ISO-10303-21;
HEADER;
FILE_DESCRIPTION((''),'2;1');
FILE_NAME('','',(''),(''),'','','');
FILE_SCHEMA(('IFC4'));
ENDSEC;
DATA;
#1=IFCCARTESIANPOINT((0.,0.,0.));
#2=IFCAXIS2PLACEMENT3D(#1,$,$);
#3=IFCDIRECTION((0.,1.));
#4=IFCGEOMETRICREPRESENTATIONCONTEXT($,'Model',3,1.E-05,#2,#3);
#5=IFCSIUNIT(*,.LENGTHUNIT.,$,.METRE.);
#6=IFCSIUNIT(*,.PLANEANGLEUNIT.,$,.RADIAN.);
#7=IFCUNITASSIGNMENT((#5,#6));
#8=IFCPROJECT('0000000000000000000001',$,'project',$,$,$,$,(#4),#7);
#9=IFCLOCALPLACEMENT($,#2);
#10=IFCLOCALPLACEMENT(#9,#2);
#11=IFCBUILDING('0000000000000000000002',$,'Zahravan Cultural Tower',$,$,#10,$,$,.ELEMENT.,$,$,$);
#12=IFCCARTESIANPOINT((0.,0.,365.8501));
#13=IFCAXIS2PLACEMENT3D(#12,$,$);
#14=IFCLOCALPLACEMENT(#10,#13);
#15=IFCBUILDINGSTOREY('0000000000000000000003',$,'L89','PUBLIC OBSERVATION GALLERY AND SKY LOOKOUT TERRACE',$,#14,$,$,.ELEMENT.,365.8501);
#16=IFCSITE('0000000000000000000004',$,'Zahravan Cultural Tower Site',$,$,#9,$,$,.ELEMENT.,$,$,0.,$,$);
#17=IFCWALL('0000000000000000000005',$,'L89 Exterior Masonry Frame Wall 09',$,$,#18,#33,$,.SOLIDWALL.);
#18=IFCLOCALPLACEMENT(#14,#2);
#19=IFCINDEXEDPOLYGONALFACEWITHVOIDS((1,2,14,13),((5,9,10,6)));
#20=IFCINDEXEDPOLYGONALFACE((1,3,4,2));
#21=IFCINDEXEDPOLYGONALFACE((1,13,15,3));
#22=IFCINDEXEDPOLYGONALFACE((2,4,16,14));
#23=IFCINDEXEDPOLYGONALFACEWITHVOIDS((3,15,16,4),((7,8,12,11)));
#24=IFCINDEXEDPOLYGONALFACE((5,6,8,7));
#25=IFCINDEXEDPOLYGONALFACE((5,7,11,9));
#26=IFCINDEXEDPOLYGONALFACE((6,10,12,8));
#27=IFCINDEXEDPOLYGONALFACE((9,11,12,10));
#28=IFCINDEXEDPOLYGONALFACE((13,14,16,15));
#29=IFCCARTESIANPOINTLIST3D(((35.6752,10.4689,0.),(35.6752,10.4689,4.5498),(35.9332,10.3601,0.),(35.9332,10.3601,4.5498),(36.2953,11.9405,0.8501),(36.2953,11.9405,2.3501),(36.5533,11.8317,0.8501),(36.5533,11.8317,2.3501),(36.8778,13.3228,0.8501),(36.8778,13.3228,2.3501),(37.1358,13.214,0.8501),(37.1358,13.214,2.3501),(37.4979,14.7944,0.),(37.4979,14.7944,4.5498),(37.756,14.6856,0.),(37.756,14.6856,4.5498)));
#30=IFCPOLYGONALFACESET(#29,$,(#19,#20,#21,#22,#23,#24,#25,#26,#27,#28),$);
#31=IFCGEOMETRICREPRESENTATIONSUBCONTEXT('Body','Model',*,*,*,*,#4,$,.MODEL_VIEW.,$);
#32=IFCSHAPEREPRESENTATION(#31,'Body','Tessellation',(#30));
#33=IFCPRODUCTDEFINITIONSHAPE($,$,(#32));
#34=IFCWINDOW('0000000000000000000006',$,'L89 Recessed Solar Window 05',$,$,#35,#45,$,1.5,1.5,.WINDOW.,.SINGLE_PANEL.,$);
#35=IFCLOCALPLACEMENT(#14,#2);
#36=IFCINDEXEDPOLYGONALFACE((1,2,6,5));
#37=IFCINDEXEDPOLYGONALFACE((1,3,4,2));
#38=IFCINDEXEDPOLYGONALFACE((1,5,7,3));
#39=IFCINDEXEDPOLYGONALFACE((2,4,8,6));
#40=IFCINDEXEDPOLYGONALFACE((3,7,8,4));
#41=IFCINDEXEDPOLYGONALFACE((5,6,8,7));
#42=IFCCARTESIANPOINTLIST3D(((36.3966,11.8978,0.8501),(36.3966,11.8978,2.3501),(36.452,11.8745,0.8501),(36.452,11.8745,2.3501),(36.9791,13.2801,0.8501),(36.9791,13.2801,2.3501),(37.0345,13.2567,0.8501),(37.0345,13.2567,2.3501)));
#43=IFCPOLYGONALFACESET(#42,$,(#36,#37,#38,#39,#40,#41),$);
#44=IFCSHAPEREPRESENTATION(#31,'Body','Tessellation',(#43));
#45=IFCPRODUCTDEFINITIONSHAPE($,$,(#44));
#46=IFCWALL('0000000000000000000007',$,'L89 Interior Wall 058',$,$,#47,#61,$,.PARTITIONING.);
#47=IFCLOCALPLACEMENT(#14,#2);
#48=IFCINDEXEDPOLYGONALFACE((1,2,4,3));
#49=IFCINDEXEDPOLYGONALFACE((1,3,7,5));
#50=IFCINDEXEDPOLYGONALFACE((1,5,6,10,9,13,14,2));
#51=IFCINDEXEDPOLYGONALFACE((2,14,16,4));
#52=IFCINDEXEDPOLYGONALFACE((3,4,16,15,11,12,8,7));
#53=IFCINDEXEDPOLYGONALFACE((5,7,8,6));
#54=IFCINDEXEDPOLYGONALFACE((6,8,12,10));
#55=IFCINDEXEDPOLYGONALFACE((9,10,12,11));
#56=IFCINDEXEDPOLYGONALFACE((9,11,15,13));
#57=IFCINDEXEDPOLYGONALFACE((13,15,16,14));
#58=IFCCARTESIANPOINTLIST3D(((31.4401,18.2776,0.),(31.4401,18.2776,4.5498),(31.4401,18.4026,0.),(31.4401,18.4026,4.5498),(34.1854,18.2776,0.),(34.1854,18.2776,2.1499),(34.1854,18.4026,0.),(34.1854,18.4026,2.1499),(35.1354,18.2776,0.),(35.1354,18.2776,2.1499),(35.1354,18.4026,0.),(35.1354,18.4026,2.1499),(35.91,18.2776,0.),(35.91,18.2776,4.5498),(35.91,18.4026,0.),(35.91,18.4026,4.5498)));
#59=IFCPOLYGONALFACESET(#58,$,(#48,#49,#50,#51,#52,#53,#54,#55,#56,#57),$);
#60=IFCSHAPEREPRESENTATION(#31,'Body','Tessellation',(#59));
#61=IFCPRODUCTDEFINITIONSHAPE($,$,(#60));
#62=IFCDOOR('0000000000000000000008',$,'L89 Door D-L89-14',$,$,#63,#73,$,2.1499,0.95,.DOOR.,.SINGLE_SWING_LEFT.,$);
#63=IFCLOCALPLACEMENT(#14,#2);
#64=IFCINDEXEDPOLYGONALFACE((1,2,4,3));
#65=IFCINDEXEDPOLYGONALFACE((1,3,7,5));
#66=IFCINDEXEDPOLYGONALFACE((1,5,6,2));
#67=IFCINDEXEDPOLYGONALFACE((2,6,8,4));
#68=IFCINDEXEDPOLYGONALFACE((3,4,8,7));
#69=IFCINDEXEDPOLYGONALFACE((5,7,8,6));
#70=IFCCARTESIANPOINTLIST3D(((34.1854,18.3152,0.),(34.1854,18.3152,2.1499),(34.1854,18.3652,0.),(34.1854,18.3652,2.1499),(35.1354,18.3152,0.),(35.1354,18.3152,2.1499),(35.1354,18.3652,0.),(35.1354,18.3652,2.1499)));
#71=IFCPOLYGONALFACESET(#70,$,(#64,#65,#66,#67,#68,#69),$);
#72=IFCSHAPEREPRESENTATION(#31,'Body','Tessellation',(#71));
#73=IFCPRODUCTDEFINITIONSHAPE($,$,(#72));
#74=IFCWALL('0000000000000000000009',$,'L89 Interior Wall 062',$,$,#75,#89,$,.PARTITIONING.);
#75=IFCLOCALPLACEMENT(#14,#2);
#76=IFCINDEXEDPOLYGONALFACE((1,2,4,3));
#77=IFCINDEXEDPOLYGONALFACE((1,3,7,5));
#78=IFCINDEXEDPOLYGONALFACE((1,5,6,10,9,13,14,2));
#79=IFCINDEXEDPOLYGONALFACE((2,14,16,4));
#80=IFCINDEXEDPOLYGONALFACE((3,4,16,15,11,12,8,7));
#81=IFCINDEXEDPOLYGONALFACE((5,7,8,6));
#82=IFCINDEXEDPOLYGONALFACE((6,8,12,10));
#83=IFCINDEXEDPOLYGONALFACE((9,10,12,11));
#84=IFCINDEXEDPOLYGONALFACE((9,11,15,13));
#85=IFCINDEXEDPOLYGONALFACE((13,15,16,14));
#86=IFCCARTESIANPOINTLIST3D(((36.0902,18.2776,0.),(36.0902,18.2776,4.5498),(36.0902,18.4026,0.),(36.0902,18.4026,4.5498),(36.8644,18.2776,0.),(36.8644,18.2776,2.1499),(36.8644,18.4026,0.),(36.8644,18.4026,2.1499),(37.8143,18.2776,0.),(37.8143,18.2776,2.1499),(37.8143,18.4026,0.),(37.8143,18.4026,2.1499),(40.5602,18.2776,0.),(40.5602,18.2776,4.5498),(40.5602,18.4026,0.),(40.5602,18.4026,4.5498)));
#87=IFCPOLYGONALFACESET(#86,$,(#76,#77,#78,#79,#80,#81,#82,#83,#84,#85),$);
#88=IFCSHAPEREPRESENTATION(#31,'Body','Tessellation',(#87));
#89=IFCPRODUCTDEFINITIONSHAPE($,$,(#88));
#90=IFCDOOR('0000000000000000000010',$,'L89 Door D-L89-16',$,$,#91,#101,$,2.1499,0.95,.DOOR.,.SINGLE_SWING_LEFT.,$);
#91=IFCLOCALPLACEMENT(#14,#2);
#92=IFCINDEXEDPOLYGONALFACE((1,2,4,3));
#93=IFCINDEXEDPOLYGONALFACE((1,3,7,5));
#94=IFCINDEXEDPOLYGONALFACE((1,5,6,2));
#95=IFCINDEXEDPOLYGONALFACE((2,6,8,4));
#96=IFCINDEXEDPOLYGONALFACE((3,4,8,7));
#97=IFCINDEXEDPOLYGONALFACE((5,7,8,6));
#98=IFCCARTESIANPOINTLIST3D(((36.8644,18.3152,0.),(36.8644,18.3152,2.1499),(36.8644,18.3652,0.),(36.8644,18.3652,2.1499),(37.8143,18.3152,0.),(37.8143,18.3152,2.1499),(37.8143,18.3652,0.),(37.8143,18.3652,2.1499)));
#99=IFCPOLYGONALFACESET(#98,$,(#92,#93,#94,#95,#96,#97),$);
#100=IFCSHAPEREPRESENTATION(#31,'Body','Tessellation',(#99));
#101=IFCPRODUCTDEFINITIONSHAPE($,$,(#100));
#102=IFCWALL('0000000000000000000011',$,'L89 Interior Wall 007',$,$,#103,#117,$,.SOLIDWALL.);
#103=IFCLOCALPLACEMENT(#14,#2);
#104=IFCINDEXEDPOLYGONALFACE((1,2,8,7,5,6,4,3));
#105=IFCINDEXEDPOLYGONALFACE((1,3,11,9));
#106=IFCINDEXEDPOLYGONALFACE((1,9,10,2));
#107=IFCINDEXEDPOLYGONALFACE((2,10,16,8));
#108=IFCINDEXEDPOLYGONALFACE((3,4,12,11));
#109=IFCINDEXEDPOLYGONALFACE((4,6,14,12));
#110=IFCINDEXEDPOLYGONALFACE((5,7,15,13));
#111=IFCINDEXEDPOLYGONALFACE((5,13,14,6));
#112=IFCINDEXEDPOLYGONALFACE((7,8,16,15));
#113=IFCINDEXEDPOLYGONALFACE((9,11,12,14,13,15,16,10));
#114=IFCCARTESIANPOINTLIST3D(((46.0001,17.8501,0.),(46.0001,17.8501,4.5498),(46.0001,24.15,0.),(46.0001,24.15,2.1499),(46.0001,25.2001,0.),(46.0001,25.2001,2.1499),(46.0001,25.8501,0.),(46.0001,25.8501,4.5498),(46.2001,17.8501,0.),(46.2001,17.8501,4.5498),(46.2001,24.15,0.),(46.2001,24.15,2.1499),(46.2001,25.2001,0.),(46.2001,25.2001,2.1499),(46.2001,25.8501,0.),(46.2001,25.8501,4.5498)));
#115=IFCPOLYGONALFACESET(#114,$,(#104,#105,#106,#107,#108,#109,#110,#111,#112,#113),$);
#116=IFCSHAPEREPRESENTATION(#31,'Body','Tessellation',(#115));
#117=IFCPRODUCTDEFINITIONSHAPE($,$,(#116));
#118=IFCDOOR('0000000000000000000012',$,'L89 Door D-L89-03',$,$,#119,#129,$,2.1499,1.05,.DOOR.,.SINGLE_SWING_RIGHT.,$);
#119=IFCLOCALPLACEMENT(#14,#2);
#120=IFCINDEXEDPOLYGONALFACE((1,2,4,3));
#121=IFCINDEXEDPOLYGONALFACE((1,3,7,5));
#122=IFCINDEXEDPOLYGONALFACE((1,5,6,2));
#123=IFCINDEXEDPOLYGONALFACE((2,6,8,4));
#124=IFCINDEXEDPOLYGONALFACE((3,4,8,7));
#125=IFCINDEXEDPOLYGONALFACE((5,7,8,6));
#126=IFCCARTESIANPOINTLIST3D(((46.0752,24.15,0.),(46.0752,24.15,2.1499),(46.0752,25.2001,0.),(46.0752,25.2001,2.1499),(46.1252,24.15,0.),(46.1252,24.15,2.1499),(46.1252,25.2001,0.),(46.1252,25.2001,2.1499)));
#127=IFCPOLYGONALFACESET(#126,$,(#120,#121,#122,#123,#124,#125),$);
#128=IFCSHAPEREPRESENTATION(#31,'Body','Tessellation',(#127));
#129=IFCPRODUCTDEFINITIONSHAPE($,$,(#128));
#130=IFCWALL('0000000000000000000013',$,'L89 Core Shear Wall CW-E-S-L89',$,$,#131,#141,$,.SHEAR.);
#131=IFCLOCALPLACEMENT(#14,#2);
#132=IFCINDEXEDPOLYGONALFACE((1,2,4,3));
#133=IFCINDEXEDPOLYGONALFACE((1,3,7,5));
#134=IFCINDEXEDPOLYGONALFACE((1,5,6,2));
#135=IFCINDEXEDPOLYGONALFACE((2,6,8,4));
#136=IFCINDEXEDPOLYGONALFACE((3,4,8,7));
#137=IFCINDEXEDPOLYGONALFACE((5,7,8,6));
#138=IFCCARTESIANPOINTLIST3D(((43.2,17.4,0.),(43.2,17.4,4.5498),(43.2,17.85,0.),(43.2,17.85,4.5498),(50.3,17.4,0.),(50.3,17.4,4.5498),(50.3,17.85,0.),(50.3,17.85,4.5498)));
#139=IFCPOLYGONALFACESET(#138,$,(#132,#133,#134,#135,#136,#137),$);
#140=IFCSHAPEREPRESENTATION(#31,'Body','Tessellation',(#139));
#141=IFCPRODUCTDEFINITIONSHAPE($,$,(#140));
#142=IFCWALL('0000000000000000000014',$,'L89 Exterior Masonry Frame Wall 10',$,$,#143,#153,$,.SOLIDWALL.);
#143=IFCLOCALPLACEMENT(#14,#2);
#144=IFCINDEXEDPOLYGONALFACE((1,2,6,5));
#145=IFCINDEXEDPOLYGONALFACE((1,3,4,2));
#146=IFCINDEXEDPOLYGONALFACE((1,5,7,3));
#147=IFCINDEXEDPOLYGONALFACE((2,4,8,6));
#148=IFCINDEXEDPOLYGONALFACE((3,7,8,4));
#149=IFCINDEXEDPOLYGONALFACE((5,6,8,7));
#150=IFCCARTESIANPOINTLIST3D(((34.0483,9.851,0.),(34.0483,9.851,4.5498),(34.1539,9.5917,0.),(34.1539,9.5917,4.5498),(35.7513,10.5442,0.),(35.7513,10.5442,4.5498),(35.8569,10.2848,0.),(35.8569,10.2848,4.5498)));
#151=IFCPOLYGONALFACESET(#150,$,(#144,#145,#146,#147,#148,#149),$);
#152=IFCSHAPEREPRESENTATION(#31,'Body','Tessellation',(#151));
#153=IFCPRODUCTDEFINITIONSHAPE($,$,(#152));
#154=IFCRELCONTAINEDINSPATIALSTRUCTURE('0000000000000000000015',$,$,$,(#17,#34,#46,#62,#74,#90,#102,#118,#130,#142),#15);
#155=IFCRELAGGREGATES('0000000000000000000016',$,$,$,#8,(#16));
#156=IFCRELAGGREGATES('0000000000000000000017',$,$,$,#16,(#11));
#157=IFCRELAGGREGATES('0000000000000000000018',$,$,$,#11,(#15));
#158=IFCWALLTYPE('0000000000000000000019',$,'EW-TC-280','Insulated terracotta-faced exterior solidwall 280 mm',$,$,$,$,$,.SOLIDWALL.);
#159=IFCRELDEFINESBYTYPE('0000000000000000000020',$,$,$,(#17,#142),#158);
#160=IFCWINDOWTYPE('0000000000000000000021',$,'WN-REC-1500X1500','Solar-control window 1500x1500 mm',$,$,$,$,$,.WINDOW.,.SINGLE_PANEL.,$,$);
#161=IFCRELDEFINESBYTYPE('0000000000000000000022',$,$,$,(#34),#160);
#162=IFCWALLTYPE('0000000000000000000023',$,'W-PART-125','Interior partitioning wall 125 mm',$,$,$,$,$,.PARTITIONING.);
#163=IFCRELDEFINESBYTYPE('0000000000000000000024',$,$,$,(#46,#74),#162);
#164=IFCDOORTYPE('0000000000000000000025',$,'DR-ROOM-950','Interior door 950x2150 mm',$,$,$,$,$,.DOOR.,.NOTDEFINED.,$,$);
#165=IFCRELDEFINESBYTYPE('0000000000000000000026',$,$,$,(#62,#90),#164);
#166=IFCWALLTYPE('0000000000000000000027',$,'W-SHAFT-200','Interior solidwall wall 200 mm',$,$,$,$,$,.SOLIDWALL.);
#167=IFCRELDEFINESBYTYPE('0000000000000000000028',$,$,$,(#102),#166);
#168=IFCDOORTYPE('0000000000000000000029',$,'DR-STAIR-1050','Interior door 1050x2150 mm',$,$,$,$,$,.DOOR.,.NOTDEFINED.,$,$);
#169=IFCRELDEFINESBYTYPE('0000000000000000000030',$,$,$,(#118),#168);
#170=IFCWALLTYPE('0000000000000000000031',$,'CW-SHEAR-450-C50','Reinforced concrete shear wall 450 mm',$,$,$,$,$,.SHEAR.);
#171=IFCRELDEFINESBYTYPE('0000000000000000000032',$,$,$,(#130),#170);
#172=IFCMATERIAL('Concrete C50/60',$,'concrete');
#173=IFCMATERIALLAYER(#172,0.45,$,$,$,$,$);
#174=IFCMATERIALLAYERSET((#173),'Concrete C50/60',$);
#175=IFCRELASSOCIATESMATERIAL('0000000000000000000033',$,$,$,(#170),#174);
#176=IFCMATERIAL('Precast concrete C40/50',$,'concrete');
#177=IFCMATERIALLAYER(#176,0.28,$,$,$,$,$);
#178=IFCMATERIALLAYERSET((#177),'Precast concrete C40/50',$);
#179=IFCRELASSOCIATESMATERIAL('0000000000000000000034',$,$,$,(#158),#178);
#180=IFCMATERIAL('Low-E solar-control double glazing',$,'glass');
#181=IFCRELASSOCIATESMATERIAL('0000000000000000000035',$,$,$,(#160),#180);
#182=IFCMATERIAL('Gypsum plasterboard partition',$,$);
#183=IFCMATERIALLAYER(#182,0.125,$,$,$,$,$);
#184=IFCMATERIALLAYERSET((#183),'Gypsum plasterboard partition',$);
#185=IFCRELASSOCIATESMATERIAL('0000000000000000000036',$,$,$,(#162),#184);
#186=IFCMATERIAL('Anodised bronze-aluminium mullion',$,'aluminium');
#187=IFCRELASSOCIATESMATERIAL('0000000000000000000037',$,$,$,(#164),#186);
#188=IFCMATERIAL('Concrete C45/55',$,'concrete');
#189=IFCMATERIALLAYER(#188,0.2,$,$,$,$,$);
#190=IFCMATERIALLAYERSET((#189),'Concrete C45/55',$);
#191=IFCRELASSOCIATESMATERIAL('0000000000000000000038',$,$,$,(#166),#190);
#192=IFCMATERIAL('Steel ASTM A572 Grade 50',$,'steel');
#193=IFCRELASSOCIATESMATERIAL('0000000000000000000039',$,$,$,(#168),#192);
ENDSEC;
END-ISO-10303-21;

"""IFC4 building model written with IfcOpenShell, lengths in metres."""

from ifc_helpers import new_model, si_unit, direction, frame, frame_2d, origin, place, context, subcontext, project, spatial, rectangle, extrude, source, transform, mapped, material, layer, layer_set, type_object, element, fill, save


model = new_model("IFC4")

# Units and contexts
model_context = context("Model", 3, precision=1e-05, world=origin(), true_north=direction((0.0, 1.0)))
body_context = subcontext(model_context, "Body", "Model", "MODEL_VIEW")
ifc_project = project(units=[si_unit("LENGTHUNIT", "METRE"), si_unit("PLANEANGLEUNIT", "RADIAN")], contexts=[model_context])

# Site, building, storey
site_placement = place(None, origin())
site = spatial("IfcSite", under=ifc_project, at=site_placement, Name="Zahravan Cultural Tower Site", CompositionType="ELEMENT", RefElevation=0.0)
building_placement = place(site_placement, origin())
building = spatial("IfcBuilding", under=site, at=building_placement, Name="Zahravan Cultural Tower", CompositionType="ELEMENT")
storey_placement = place(building_placement, frame((0.0, 0.0, 365.8501)))
storey = spatial("IfcBuildingStorey", under=building, at=storey_placement, Name="L89", Description="PUBLIC OBSERVATION GALLERY AND SKY LOOKOUT TERRACE", CompositionType="ELEMENT", Elevation=365.8501)

# Shared definitions
ifc_material_1 = material(Name="Concrete C50/60", Category="concrete")

# Shared definitions
ifc_layer_1 = layer(ifc_material_1, 0.45)
ifc_layer_set_1 = layer_set([ifc_layer_1], Name="Concrete C50/60")
wall_type_1 = type_object("IfcWallType", Name="CW-SHEAR-450-C50", Description="Reinforced concrete shear wall 450 mm", PredefinedType="SHEAR", material=ifc_layer_set_1)
ifc_material_2 = material(Name="Steel ASTM A572 Grade 50", Category="steel")

# Wall, opening, window
ifc_material_3 = material(Name="Precast concrete C40/50", Category="concrete")
ifc_layer_2 = layer(ifc_material_3, 0.28)
ifc_layer_set_2 = layer_set([ifc_layer_2], Name="Precast concrete C40/50")
wall_type_2 = type_object("IfcWallType", Name="EW-TC-280", Description="Insulated terracotta-faced exterior solidwall 280 mm", PredefinedType="SOLIDWALL", material=ifc_layer_set_2)
wall_1_placement = place(storey_placement, frame((37.627, 14.74, 0.0), z_axis=(0.0, 0.0, 1.0), x_axis=(-0.388331, -0.92152, 0.0)))
wall_1 = element("IfcWall", 1, at=wall_1_placement, inside=storey, type_object=wall_type_2, Name="L89 Exterior Masonry Frame Wall 09", PredefinedType="SOLIDWALL", context=body_context, shape_type="SweptSolid", body=[
    extrude(rectangle(XDim=4.6938, YDim=0.28, at=frame_2d((2.3469, 0.0))), origin(), (0.0, 0.0, 1.0), 4.5498),
])
opening_1_placement = place(wall_1_placement, frame((1.5969, 0.0, 0.8501)))
opening_1 = element("IfcOpeningElement", 2, at=opening_1_placement, cuts=wall_1, PredefinedType="OPENING", context=body_context, shape_type="SweptSolid", body=[
    extrude(rectangle(XDim=1.5, YDim=1.5, at=frame_2d((0.75, 0.75))), frame((0.0, 0.1499, 0.0), z_axis=(0.0, -1.0, 0.0), x_axis=(1.0, 0.0, 0.0)), (0.0, 0.0, 1.0), 0.3),
])
ifc_material_4 = material(Name="Low-E solar-control double glazing", Category="glass")
window_type = type_object("IfcWindowType", Name="WN-REC-1500X1500", Description="Solar-control window 1500x1500 mm", PartitioningType="SINGLE_PANEL", PredefinedType="WINDOW", material=ifc_material_4)
shared_shape_1 = source(origin(), body_context, "Body", "SweptSolid", [
    extrude(rectangle(XDim=1.5, YDim=1.5, at=frame_2d((0.75, 0.75))), frame((0.0, 0.03, 0.0), z_axis=(0.0, -1.0, 0.0), x_axis=(1.0, 0.0, 0.0)), (0.0, 0.0, 1.0), 0.0601),
])
window_placement = place(opening_1_placement, origin())
window = element("IfcWindow", 3, at=window_placement, inside=storey, type_object=window_type, Name="L89 Recessed Solar Window 05", OverallHeight=1.5, OverallWidth=1.5, PartitioningType="SINGLE_PANEL", PredefinedType="WINDOW", context=body_context, shape_type="MappedRepresentation", body=[
    mapped(shared_shape_1, transform((0.0, 0.0, 0.0), x_axis=(1.0, 0.0, 0.0), y_axis=(0.0, 1.0, 0.0), z_axis=(0.0, 0.0, 1.0), scale=1.0)),
])
fill(opening_1, window)

# Walls, openings, doors
ifc_material_5 = material(Name="Gypsum plasterboard partition")
ifc_layer_3 = layer(ifc_material_5, 0.125)
ifc_layer_set_3 = layer_set([ifc_layer_3], Name="Gypsum plasterboard partition")
wall_type_3 = type_object("IfcWallType", Name="W-PART-125", Description="Interior partitioning wall 125 mm", PredefinedType="PARTITIONING", material=ifc_layer_set_3)
wall_2_placement = place(storey_placement, frame((35.9099, 18.3401, 0.0), z_axis=(0.0, 0.0, 1.0), x_axis=(-1.0, 0.0, 0.0)))
wall_2 = element("IfcWall", 4, at=wall_2_placement, inside=storey, type_object=wall_type_3, Name="L89 Interior Wall 058", PredefinedType="PARTITIONING", context=body_context, shape_type="SweptSolid", body=[
    extrude(rectangle(XDim=4.47, YDim=0.125, at=frame_2d((2.2349, 0.0))), origin(), (0.0, 0.0, 1.0), 4.5498),
])
opening_2_placement = place(wall_2_placement, frame((0.7744, 0.0, 0.0)))
opening_2 = element("IfcOpeningElement", 5, at=opening_2_placement, cuts=wall_2, PredefinedType="OPENING", context=body_context, shape_type="SweptSolid", body=[
    extrude(rectangle(XDim=0.95, YDim=2.1499, at=frame_2d((0.4751, 1.075))), frame((0.0, 0.0725, 0.0), z_axis=(0.0, -1.0, 0.0), x_axis=(1.0, 0.0, 0.0)), (0.0, 0.0, 1.0), 0.145),
])
ifc_material_6 = material(Name="Anodised bronze-aluminium mullion", Category="aluminium")
door_type_1 = type_object("IfcDoorType", Name="DR-ROOM-950", Description="Interior door 950x2150 mm", OperationType="NOTDEFINED", PredefinedType="DOOR", material=ifc_material_6)
shared_shape_2 = source(origin(), body_context, "Body", "SweptSolid", [
    extrude(rectangle(XDim=0.95, YDim=2.1499, at=frame_2d((0.4751, 1.075))), frame((0.0, 0.0249, 0.0), z_axis=(0.0, -1.0, 0.0), x_axis=(1.0, 0.0, 0.0)), (0.0, 0.0, 1.0), 0.05),
])
door_1_placement = place(opening_2_placement, origin())
door_1 = element("IfcDoor", 6, at=door_1_placement, inside=storey, type_object=door_type_1, Name="L89 Door D-L89-14", OperationType="SINGLE_SWING_LEFT", OverallHeight=2.1499, OverallWidth=0.95, PredefinedType="DOOR", context=body_context, shape_type="MappedRepresentation", body=[
    mapped(shared_shape_2, transform((0.0, 0.0, 0.0), x_axis=(1.0, 0.0, 0.0), y_axis=(0.0, 1.0, 0.0), z_axis=(0.0, 0.0, 1.0), scale=1.0)),
])
fill(opening_2, door_1)
wall_3_placement = place(storey_placement, frame((40.5601, 18.3401, 0.0), z_axis=(0.0, 0.0, 1.0), x_axis=(-1.0, 0.0, 0.0)))
wall_3 = element("IfcWall", 7, at=wall_3_placement, inside=storey, type_object=wall_type_3, Name="L89 Interior Wall 062", PredefinedType="PARTITIONING", context=body_context, shape_type="SweptSolid", body=[
    extrude(rectangle(XDim=4.47, YDim=0.125, at=frame_2d((2.2349, 0.0))), origin(), (0.0, 0.0, 1.0), 4.5498),
])
opening_3_placement = place(wall_3_placement, frame((2.7456, 0.0, 0.0)))
opening_3 = element("IfcOpeningElement", 8, at=opening_3_placement, cuts=wall_3, PredefinedType="OPENING", context=body_context, shape_type="SweptSolid", body=[
    extrude(rectangle(XDim=0.95, YDim=2.1499, at=frame_2d((0.4751, 1.075))), frame((0.0, 0.0725, 0.0), z_axis=(0.0, -1.0, 0.0), x_axis=(1.0, 0.0, 0.0)), (0.0, 0.0, 1.0), 0.145),
])
door_2_placement = place(opening_3_placement, origin())
door_2 = element("IfcDoor", 9, at=door_2_placement, inside=storey, type_object=door_type_1, Name="L89 Door D-L89-16", OperationType="SINGLE_SWING_LEFT", OverallHeight=2.1499, OverallWidth=0.95, PredefinedType="DOOR", context=body_context, shape_type="MappedRepresentation", body=[
    mapped(shared_shape_2, transform((0.0, 0.0, 0.0), x_axis=(1.0, 0.0, 0.0), y_axis=(0.0, 1.0, 0.0), z_axis=(0.0, 0.0, 1.0), scale=1.0)),
])
fill(opening_3, door_2)
ifc_material_7 = material(Name="Concrete C45/55", Category="concrete")
ifc_layer_4 = layer(ifc_material_7, 0.2)
ifc_layer_set_4 = layer_set([ifc_layer_4], Name="Concrete C45/55")
wall_type_4 = type_object("IfcWallType", Name="W-SHAFT-200", Description="Interior solidwall wall 200 mm", PredefinedType="SOLIDWALL", material=ifc_layer_set_4)
wall_4_placement = place(storey_placement, frame((46.1001, 17.8501, 0.0), z_axis=(0.0, 0.0, 1.0), x_axis=(0.0, 1.0, 0.0)))
wall_4 = element("IfcWall", 10, at=wall_4_placement, inside=storey, type_object=wall_type_4, Name="L89 Interior Wall 007", PredefinedType="SOLIDWALL", context=body_context, shape_type="SweptSolid", body=[
    extrude(rectangle(XDim=8.0, YDim=0.2, at=frame_2d((4.0, 0.0))), origin(), (0.0, 0.0, 1.0), 4.5498),
])
opening_4_placement = place(wall_4_placement, frame((6.3, 0.0, 0.0)))
opening_4 = element("IfcOpeningElement", 11, at=opening_4_placement, cuts=wall_4, PredefinedType="OPENING", context=body_context, shape_type="SweptSolid", body=[
    extrude(rectangle(XDim=1.05, YDim=2.1499, at=frame_2d((0.5249, 1.075))), frame((0.0, 0.1099, 0.0), z_axis=(0.0, -1.0, 0.0), x_axis=(1.0, 0.0, 0.0)), (0.0, 0.0, 1.0), 0.22),
])
door_type_2 = type_object("IfcDoorType", Name="DR-STAIR-1050", Description="Interior door 1050x2150 mm", OperationType="NOTDEFINED", PredefinedType="DOOR", material=ifc_material_2)
shared_shape_3 = source(origin(), body_context, "Body", "SweptSolid", [
    extrude(rectangle(XDim=1.05, YDim=2.1499, at=frame_2d((0.5249, 1.075))), frame((0.0, 0.0249, 0.0), z_axis=(0.0, -1.0, 0.0), x_axis=(1.0, 0.0, 0.0)), (0.0, 0.0, 1.0), 0.05),
])
door_3_placement = place(opening_4_placement, origin())
door_3 = element("IfcDoor", 12, at=door_3_placement, inside=storey, type_object=door_type_2, Name="L89 Door D-L89-03", OperationType="SINGLE_SWING_RIGHT", OverallHeight=2.1499, OverallWidth=1.05, PredefinedType="DOOR", context=body_context, shape_type="MappedRepresentation", body=[
    mapped(shared_shape_3, transform((0.0, 0.0, 0.0), x_axis=(1.0, 0.0, 0.0), y_axis=(0.0, 1.0, 0.0), z_axis=(0.0, 0.0, 1.0), scale=1.0)),
])
fill(opening_4, door_3)

# Walls
shared_shape_4 = source(origin(), body_context, "Body", "SweptSolid", [
    extrude(rectangle(XDim=7.1001, YDim=0.45, at=frame_2d((3.55, 0.0))), origin(), (0.0, 0.0, 1.0), 4.5498),
])
wall_5_placement = place(storey_placement, frame((43.2, 17.625, 0.0), z_axis=(0.0, 0.0, 1.0), x_axis=(1.0, 0.0, 0.0)))
element("IfcWall", 13, at=wall_5_placement, inside=storey, type_object=wall_type_1, Name="L89 Core Shear Wall CW-E-S-L89", PredefinedType="SHEAR", context=body_context, shape_type="MappedRepresentation", body=[
    mapped(shared_shape_4, transform((0.0, 0.0, 0.0), x_axis=(1.0, 0.0, 0.0), y_axis=(0.0, 1.0, 0.0), z_axis=(0.0, 0.0, 1.0), scale=1.0)),
])
shared_shape_5 = source(origin(), body_context, "Body", "SweptSolid", [
    extrude(rectangle(XDim=1.8386, YDim=0.28, at=frame_2d((0.9194, 0.0))), origin(), (0.0, 0.0, 1.0), 4.5498),
])
wall_6_placement = place(storey_placement, frame((35.8042, 10.4146, 0.0), z_axis=(0.0, 0.0, 1.0), x_axis=(-0.926216, -0.376993, 0.0)))
element("IfcWall", 14, at=wall_6_placement, inside=storey, type_object=wall_type_2, Name="L89 Exterior Masonry Frame Wall 10", PredefinedType="SOLIDWALL", context=body_context, shape_type="MappedRepresentation", body=[
    mapped(shared_shape_5, transform((0.0, 0.0, 0.0), x_axis=(1.0, 0.0, 0.0), y_axis=(0.0, 1.0, 0.0), z_axis=(0.0, 0.0, 1.0), scale=1.0)),
])

save(model, "model.ifc")
